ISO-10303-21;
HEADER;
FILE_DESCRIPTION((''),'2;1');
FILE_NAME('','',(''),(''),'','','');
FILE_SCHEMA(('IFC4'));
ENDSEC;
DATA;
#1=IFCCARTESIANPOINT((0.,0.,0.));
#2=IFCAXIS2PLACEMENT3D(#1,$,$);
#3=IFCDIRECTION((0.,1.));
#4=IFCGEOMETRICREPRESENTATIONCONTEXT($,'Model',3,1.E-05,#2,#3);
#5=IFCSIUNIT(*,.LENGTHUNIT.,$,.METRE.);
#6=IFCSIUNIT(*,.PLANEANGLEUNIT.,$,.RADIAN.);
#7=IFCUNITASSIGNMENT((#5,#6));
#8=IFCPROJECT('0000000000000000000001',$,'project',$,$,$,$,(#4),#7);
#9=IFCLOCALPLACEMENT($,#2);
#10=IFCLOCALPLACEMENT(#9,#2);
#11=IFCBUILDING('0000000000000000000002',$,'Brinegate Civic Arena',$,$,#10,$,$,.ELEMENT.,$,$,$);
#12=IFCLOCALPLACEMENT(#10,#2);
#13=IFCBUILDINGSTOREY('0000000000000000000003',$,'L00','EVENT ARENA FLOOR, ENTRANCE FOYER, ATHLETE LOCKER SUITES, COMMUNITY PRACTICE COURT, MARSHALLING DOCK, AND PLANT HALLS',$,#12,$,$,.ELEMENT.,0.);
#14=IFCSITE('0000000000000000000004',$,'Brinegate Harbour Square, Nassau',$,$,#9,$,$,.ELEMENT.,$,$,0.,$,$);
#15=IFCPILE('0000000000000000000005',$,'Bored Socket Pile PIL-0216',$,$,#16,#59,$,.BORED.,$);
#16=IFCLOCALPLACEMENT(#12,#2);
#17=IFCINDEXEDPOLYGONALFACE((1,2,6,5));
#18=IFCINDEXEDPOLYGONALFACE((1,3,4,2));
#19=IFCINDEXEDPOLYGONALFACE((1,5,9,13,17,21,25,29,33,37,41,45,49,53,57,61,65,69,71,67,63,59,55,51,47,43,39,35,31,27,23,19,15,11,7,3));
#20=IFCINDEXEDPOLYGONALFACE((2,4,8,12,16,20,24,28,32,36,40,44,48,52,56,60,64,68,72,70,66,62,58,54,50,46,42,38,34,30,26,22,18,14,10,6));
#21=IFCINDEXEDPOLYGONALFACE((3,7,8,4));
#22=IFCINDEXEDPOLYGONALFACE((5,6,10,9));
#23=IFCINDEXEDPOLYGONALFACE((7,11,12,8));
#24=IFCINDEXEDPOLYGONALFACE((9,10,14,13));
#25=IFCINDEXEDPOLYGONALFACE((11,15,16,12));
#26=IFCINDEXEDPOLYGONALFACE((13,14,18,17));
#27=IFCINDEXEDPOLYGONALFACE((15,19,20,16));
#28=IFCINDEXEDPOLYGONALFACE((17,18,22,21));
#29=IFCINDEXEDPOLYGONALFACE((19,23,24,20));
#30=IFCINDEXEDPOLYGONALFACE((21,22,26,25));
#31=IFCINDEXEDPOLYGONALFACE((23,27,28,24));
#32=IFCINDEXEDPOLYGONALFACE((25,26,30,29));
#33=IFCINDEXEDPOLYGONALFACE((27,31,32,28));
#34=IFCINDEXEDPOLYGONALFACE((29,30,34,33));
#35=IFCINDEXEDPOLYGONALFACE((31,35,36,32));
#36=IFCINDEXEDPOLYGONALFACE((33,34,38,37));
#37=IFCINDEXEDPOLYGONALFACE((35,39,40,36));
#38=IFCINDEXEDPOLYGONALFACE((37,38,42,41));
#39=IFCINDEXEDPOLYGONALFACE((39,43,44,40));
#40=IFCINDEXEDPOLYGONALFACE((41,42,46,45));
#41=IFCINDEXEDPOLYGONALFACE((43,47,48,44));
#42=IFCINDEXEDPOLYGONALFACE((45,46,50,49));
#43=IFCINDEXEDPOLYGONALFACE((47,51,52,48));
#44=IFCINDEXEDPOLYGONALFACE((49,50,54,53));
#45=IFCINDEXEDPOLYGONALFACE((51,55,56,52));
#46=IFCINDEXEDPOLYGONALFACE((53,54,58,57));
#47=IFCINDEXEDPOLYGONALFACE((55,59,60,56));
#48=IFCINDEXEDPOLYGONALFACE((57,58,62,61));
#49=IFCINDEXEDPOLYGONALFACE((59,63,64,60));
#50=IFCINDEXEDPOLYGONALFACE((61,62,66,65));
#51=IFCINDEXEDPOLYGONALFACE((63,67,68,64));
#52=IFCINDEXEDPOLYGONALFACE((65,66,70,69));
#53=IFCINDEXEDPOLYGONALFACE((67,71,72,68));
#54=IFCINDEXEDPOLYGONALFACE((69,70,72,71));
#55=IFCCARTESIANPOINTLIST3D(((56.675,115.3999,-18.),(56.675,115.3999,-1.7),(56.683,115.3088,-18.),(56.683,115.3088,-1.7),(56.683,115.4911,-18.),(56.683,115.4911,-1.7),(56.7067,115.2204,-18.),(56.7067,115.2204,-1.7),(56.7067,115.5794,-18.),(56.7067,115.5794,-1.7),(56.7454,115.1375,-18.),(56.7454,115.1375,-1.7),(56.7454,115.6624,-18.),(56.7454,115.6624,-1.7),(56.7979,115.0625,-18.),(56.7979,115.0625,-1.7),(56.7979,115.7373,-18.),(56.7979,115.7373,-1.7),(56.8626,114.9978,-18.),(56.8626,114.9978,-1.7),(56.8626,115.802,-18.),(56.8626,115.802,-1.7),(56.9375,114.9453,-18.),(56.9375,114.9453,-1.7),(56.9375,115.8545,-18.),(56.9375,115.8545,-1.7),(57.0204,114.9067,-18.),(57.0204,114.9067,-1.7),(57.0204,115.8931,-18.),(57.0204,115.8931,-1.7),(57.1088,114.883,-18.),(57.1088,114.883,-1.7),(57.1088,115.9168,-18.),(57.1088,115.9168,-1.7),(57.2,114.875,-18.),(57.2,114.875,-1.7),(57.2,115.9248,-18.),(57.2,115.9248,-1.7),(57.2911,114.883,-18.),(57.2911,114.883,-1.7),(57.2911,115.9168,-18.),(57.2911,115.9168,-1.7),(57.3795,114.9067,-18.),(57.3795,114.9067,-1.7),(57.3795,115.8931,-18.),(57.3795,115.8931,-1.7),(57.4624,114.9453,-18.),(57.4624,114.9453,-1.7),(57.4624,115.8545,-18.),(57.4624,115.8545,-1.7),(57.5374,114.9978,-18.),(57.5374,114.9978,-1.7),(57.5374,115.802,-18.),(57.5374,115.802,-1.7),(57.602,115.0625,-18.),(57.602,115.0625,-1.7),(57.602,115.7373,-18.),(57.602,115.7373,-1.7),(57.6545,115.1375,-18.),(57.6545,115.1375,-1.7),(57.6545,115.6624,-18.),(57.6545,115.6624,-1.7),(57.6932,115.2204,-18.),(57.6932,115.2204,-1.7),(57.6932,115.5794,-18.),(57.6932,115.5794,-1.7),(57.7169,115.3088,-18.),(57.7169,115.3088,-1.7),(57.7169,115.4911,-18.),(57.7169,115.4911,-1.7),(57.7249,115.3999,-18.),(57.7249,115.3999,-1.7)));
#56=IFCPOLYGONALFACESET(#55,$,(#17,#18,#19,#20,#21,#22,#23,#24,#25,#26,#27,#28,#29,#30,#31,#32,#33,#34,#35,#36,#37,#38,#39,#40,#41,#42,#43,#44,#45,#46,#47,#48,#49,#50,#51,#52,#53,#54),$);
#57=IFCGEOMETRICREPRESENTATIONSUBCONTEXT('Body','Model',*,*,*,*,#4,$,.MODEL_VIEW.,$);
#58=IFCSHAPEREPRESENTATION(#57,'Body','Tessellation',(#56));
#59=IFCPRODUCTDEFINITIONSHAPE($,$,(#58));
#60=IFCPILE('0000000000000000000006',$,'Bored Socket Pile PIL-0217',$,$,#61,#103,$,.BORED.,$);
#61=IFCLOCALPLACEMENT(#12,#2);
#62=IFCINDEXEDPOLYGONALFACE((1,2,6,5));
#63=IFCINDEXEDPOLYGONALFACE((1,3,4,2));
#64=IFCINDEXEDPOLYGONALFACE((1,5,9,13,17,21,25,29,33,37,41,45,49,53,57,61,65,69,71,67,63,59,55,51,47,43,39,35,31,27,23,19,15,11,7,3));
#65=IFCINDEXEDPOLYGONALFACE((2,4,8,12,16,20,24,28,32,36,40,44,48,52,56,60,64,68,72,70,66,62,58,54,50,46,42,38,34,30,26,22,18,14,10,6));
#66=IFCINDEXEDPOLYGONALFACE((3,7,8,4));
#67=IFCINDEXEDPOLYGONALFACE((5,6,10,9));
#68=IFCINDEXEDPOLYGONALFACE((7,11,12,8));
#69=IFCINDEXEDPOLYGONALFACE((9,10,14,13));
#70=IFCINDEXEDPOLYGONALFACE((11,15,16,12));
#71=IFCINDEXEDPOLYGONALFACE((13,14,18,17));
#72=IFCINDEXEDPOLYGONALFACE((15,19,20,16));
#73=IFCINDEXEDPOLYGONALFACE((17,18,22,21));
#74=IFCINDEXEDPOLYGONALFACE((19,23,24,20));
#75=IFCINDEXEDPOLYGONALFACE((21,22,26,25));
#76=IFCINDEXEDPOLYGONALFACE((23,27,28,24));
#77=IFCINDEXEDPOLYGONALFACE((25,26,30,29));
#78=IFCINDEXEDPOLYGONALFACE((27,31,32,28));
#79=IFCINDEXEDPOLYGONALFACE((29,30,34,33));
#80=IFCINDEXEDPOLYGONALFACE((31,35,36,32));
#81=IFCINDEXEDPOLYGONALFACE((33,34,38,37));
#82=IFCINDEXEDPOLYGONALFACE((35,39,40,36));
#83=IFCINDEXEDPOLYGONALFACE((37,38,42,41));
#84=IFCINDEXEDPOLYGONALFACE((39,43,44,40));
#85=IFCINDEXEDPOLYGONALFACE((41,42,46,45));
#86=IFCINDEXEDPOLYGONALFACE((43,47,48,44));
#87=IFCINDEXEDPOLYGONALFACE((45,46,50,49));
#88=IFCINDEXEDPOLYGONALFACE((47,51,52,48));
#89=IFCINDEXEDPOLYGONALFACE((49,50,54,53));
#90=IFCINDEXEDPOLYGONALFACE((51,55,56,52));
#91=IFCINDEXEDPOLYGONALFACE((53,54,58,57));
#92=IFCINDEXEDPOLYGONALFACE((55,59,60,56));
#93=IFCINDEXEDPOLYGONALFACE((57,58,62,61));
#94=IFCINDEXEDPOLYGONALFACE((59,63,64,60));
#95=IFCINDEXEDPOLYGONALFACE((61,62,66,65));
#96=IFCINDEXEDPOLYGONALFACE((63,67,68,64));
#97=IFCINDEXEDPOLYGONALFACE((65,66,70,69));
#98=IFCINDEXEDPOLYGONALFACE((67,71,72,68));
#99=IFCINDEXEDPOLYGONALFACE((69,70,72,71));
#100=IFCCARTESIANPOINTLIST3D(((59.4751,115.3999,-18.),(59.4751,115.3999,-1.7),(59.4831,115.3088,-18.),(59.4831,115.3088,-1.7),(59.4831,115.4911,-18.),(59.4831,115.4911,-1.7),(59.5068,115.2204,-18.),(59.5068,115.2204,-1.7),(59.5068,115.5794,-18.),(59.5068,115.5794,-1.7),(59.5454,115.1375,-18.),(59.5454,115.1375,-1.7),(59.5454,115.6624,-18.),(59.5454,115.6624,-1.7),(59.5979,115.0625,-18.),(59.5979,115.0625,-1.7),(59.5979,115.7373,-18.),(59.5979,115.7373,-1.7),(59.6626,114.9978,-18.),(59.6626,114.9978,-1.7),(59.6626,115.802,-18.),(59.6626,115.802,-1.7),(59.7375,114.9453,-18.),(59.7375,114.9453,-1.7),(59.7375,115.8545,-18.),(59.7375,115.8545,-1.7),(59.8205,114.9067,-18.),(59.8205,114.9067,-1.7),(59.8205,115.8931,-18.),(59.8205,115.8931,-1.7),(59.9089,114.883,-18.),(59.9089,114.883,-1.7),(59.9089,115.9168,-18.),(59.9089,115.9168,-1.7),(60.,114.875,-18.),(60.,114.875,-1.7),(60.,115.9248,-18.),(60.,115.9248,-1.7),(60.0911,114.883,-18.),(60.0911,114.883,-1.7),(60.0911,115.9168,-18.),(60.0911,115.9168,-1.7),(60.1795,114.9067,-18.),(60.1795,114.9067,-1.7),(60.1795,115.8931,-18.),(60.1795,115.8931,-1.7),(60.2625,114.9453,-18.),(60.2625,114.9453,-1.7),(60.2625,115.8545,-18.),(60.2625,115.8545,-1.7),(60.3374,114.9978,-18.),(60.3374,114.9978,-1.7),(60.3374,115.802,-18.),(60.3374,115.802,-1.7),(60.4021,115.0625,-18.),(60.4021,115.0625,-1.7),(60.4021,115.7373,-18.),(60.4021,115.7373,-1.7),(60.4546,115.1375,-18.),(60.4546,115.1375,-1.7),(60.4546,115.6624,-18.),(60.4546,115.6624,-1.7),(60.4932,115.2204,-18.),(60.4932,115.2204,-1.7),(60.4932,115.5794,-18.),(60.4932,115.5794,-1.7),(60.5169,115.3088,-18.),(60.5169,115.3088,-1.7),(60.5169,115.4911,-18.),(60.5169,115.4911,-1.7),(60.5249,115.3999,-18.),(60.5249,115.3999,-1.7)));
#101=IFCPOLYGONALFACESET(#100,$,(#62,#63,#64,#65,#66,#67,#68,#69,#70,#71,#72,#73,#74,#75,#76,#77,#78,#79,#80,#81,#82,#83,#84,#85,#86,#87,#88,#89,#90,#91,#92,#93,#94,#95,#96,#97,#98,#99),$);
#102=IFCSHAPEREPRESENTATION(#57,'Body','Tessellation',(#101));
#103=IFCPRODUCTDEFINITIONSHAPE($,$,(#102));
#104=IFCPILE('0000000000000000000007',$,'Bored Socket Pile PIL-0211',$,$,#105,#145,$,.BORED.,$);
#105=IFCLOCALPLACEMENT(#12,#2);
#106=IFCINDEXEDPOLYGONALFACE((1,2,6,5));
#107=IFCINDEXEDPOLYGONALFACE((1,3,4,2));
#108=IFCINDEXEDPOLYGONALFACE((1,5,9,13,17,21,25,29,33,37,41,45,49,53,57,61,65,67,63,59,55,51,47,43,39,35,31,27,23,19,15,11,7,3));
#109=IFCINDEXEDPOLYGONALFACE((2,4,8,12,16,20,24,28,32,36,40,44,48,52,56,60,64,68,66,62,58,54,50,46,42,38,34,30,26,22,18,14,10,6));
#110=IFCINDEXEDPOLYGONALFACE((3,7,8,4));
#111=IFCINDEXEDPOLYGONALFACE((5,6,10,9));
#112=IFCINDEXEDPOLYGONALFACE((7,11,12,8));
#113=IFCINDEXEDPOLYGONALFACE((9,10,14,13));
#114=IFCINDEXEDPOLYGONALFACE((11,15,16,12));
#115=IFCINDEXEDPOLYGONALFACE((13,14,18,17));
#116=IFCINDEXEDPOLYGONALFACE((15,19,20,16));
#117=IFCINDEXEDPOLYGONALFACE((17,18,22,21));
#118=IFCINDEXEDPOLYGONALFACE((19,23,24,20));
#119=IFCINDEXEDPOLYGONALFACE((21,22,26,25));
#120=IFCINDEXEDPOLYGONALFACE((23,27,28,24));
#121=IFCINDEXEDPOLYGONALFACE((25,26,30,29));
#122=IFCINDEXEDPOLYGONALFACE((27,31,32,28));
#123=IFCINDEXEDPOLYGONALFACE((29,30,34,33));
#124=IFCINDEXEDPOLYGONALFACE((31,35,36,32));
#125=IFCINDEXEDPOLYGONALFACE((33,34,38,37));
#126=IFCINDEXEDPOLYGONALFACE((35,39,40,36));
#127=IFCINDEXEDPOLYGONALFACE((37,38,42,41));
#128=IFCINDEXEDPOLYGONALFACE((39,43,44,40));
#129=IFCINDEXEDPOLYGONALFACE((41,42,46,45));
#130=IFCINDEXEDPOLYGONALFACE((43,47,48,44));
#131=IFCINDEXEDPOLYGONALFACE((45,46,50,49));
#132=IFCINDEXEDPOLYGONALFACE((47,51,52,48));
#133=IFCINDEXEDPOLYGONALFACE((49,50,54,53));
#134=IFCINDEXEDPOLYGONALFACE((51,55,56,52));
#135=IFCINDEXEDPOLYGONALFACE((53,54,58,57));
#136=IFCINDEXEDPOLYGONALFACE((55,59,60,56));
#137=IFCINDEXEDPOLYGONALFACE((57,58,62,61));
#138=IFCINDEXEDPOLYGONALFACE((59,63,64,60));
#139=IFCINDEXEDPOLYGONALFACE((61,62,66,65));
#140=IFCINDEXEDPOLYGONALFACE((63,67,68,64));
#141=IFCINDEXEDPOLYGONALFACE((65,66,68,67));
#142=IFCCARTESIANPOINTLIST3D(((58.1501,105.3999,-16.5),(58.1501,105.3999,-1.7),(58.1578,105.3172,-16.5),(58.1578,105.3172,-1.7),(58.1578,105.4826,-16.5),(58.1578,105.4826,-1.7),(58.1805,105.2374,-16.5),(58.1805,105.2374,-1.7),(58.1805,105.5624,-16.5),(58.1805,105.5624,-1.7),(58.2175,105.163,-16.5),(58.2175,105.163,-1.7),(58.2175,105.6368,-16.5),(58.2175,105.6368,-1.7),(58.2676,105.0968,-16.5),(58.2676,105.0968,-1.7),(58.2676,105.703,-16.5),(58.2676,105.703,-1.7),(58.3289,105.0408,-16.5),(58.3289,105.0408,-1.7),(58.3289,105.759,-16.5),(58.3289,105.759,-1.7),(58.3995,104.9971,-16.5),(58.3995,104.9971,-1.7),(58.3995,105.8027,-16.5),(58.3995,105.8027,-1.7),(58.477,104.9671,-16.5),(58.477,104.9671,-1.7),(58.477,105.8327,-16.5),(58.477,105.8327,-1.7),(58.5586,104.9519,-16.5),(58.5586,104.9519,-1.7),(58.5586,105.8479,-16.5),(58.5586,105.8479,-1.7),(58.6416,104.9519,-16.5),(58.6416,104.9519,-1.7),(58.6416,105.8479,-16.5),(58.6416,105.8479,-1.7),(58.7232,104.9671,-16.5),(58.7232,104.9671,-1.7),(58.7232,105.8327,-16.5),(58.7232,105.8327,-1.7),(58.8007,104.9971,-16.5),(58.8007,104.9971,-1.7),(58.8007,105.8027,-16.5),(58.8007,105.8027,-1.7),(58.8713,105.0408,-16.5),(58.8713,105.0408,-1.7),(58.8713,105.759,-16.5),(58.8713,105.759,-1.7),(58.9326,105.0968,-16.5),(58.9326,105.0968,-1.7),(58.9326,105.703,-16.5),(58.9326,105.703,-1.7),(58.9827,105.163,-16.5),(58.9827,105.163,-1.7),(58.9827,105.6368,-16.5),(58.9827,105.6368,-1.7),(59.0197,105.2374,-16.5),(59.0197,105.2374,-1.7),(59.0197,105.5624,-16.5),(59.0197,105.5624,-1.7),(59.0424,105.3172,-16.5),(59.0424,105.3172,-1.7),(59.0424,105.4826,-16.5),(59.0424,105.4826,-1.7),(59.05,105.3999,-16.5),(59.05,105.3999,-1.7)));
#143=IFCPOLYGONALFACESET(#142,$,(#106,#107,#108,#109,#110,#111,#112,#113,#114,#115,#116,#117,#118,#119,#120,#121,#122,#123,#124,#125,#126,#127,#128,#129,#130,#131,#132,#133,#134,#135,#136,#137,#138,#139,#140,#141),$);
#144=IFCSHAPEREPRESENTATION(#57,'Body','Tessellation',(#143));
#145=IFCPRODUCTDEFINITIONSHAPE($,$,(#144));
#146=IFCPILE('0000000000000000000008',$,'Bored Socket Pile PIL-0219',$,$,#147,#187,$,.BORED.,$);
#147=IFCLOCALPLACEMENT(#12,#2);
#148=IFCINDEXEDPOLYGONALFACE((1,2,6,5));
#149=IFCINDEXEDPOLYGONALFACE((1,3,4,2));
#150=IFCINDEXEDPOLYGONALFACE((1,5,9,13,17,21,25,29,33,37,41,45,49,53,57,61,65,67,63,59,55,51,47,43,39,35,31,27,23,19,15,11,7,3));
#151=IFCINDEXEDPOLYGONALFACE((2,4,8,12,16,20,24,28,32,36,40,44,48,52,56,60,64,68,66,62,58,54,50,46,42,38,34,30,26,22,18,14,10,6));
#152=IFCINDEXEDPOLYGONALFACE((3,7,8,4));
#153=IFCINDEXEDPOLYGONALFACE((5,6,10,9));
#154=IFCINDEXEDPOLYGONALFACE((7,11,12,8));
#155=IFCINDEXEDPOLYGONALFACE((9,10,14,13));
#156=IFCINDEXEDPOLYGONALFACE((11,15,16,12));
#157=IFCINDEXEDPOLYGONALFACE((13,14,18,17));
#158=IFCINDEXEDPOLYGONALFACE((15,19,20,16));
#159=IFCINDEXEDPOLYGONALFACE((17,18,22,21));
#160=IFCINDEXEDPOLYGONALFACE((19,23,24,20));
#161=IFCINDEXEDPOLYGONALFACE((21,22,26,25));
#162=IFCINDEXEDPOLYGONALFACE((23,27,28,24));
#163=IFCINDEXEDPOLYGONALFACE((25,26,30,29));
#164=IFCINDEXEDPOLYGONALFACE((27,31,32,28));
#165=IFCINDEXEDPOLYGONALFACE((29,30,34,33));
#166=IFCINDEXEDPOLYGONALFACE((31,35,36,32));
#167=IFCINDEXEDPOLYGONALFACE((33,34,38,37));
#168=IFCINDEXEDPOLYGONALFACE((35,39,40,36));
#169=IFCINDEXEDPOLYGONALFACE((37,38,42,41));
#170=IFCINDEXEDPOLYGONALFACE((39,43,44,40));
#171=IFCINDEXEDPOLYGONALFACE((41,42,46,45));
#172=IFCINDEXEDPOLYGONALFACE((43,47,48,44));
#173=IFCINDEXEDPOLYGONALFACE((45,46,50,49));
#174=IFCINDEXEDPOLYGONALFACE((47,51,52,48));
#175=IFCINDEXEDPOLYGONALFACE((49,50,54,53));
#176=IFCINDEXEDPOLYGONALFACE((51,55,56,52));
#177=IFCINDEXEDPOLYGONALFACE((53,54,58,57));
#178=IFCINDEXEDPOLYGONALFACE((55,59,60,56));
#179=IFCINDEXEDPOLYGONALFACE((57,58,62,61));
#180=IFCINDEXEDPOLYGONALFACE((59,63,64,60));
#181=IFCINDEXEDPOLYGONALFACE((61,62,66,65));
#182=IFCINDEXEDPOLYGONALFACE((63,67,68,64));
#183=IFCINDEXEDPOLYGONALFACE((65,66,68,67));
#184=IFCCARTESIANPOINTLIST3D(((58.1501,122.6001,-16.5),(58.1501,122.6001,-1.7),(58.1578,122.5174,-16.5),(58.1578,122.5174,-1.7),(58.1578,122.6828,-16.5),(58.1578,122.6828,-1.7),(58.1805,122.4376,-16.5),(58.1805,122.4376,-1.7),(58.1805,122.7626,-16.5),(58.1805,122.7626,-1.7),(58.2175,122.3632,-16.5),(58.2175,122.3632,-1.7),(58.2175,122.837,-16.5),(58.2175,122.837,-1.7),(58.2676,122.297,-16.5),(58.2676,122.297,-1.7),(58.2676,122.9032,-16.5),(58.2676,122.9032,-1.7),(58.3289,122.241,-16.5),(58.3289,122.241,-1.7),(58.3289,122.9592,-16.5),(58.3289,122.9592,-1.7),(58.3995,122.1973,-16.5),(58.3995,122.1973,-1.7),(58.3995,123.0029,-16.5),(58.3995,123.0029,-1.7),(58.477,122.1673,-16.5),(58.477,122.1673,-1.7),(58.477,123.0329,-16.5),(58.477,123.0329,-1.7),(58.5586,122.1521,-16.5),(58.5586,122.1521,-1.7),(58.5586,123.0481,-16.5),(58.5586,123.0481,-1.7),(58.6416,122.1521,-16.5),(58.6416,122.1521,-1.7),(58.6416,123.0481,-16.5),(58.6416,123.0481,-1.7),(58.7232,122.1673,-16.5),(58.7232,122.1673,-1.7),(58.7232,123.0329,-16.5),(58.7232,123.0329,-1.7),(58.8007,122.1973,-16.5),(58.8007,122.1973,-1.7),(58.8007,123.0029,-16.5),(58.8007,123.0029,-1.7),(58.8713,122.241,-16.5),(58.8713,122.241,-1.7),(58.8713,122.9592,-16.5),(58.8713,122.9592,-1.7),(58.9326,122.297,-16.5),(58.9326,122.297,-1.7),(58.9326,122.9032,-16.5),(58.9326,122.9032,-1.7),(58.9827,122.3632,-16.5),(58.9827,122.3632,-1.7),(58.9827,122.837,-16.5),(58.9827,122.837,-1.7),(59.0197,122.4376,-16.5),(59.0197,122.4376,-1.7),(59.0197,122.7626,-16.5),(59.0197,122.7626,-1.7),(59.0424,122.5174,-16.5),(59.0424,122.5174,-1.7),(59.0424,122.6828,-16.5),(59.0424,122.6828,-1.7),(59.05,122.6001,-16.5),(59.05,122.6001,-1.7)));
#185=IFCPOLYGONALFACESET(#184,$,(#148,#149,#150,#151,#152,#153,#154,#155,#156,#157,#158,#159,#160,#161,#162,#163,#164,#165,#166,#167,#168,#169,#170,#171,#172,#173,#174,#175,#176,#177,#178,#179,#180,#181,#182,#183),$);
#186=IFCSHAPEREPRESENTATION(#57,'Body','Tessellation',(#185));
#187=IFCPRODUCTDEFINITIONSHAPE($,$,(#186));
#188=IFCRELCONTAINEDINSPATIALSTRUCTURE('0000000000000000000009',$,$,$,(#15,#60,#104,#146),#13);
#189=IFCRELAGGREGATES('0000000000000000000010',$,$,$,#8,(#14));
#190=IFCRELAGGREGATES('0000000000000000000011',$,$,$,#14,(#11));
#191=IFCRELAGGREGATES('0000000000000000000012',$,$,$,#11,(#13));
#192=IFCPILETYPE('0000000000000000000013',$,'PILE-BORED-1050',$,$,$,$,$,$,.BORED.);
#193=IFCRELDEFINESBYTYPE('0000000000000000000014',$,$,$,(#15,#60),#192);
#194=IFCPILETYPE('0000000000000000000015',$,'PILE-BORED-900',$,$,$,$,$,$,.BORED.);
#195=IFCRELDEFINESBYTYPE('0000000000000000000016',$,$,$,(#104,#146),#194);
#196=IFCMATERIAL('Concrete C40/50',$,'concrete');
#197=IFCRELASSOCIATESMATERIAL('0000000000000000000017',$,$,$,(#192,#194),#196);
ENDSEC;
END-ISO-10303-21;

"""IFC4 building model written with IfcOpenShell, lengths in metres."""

from ifc_helpers import new_model, si_unit, direction, frame, origin, origin_2d, place, context, subcontext, project, spatial, circle, extrude, material, material_profile, profile_set, type_object, element, save


model = new_model("IFC4")

# Units and contexts
model_context = context("Model", 3, precision=1e-05, world=origin(), true_north=direction((0.0, 1.0)))
body_context = subcontext(model_context, "Body", "Model", "MODEL_VIEW")
ifc_project = project(units=[si_unit("LENGTHUNIT", "METRE"), si_unit("PLANEANGLEUNIT", "RADIAN")], contexts=[model_context])

# Site, building, storey
site_placement = place(None, origin())
site = spatial("IfcSite", under=ifc_project, at=site_placement, Name="Brinegate Harbour Square, Nassau", CompositionType="ELEMENT", RefElevation=0.0)
building_placement = place(site_placement, origin())
building = spatial("IfcBuilding", under=site, at=building_placement, Name="Brinegate Civic Arena", CompositionType="ELEMENT")
storey_placement = place(building_placement, origin())
storey = spatial("IfcBuildingStorey", under=building, at=storey_placement, Name="L00", Description="EVENT ARENA FLOOR, ENTRANCE FOYER, ATHLETE LOCKER SUITES, COMMUNITY PRACTICE COURT, MARSHALLING DOCK, AND PLANT HALLS", CompositionType="ELEMENT", Elevation=0.0)

# Shared definitions
ifc_material_1 = material(Name="Concrete C40/50", Category="concrete")

# Piles
ifc_material_profile_1 = material_profile(ifc_material_1, circle(Radius=0.5249, at=origin_2d()), Name="PILED1050")
ifc_profile_set_1 = profile_set([ifc_material_profile_1], Name="Concrete C40/50")
pile_type_1 = type_object("IfcPileType", Name="PILE-BORED-1050", PredefinedType="BORED", material=ifc_profile_set_1)
for number, where, z_axis, x_axis, name in (
    (1, (57.2, 115.3999, -1.7), (0.0, 0.0, -1.0), (1.0, 0.0, 0.0), "Bored Socket Pile PIL-0216"),
    (2, (60.0, 115.3999, -1.7), (0.0, 0.0, -1.0), (1.0, 0.0, 0.0), "Bored Socket Pile PIL-0217"),
):
    element("IfcPile", number, at=place(storey_placement, frame(where, z_axis=z_axis, x_axis=x_axis)), inside=storey, type_object=pile_type_1, Name=name, PredefinedType="BORED", context=body_context, shape_type="SweptSolid", body=[
        extrude(circle(Radius=0.5249, at=origin_2d()), origin(), (0.0, 0.0, 1.0), 16.3),
    ])
ifc_material_profile_2 = material_profile(ifc_material_1, circle(Radius=0.45, at=origin_2d()), Name="PILED900")
ifc_profile_set_2 = profile_set([ifc_material_profile_2], Name="Concrete C40/50")
pile_type_2 = type_object("IfcPileType", Name="PILE-BORED-900", PredefinedType="BORED", material=ifc_profile_set_2)
for number, where, z_axis, x_axis, name in (
    (3, (58.6001, 105.3999, -1.7), (0.0, 0.0, -1.0), (1.0, 0.0, 0.0), "Bored Socket Pile PIL-0211"),
    (4, (58.6001, 122.6001, -1.7), (0.0, 0.0, -1.0), (1.0, 0.0, 0.0), "Bored Socket Pile PIL-0219"),
):
    element("IfcPile", number, at=place(storey_placement, frame(where, z_axis=z_axis, x_axis=x_axis)), inside=storey, type_object=pile_type_2, Name=name, PredefinedType="BORED", context=body_context, shape_type="SweptSolid", body=[
        extrude(circle(Radius=0.45, at=origin_2d()), origin(), (0.0, 0.0, 1.0), 14.8),
    ])

save(model, "model.ifc")
